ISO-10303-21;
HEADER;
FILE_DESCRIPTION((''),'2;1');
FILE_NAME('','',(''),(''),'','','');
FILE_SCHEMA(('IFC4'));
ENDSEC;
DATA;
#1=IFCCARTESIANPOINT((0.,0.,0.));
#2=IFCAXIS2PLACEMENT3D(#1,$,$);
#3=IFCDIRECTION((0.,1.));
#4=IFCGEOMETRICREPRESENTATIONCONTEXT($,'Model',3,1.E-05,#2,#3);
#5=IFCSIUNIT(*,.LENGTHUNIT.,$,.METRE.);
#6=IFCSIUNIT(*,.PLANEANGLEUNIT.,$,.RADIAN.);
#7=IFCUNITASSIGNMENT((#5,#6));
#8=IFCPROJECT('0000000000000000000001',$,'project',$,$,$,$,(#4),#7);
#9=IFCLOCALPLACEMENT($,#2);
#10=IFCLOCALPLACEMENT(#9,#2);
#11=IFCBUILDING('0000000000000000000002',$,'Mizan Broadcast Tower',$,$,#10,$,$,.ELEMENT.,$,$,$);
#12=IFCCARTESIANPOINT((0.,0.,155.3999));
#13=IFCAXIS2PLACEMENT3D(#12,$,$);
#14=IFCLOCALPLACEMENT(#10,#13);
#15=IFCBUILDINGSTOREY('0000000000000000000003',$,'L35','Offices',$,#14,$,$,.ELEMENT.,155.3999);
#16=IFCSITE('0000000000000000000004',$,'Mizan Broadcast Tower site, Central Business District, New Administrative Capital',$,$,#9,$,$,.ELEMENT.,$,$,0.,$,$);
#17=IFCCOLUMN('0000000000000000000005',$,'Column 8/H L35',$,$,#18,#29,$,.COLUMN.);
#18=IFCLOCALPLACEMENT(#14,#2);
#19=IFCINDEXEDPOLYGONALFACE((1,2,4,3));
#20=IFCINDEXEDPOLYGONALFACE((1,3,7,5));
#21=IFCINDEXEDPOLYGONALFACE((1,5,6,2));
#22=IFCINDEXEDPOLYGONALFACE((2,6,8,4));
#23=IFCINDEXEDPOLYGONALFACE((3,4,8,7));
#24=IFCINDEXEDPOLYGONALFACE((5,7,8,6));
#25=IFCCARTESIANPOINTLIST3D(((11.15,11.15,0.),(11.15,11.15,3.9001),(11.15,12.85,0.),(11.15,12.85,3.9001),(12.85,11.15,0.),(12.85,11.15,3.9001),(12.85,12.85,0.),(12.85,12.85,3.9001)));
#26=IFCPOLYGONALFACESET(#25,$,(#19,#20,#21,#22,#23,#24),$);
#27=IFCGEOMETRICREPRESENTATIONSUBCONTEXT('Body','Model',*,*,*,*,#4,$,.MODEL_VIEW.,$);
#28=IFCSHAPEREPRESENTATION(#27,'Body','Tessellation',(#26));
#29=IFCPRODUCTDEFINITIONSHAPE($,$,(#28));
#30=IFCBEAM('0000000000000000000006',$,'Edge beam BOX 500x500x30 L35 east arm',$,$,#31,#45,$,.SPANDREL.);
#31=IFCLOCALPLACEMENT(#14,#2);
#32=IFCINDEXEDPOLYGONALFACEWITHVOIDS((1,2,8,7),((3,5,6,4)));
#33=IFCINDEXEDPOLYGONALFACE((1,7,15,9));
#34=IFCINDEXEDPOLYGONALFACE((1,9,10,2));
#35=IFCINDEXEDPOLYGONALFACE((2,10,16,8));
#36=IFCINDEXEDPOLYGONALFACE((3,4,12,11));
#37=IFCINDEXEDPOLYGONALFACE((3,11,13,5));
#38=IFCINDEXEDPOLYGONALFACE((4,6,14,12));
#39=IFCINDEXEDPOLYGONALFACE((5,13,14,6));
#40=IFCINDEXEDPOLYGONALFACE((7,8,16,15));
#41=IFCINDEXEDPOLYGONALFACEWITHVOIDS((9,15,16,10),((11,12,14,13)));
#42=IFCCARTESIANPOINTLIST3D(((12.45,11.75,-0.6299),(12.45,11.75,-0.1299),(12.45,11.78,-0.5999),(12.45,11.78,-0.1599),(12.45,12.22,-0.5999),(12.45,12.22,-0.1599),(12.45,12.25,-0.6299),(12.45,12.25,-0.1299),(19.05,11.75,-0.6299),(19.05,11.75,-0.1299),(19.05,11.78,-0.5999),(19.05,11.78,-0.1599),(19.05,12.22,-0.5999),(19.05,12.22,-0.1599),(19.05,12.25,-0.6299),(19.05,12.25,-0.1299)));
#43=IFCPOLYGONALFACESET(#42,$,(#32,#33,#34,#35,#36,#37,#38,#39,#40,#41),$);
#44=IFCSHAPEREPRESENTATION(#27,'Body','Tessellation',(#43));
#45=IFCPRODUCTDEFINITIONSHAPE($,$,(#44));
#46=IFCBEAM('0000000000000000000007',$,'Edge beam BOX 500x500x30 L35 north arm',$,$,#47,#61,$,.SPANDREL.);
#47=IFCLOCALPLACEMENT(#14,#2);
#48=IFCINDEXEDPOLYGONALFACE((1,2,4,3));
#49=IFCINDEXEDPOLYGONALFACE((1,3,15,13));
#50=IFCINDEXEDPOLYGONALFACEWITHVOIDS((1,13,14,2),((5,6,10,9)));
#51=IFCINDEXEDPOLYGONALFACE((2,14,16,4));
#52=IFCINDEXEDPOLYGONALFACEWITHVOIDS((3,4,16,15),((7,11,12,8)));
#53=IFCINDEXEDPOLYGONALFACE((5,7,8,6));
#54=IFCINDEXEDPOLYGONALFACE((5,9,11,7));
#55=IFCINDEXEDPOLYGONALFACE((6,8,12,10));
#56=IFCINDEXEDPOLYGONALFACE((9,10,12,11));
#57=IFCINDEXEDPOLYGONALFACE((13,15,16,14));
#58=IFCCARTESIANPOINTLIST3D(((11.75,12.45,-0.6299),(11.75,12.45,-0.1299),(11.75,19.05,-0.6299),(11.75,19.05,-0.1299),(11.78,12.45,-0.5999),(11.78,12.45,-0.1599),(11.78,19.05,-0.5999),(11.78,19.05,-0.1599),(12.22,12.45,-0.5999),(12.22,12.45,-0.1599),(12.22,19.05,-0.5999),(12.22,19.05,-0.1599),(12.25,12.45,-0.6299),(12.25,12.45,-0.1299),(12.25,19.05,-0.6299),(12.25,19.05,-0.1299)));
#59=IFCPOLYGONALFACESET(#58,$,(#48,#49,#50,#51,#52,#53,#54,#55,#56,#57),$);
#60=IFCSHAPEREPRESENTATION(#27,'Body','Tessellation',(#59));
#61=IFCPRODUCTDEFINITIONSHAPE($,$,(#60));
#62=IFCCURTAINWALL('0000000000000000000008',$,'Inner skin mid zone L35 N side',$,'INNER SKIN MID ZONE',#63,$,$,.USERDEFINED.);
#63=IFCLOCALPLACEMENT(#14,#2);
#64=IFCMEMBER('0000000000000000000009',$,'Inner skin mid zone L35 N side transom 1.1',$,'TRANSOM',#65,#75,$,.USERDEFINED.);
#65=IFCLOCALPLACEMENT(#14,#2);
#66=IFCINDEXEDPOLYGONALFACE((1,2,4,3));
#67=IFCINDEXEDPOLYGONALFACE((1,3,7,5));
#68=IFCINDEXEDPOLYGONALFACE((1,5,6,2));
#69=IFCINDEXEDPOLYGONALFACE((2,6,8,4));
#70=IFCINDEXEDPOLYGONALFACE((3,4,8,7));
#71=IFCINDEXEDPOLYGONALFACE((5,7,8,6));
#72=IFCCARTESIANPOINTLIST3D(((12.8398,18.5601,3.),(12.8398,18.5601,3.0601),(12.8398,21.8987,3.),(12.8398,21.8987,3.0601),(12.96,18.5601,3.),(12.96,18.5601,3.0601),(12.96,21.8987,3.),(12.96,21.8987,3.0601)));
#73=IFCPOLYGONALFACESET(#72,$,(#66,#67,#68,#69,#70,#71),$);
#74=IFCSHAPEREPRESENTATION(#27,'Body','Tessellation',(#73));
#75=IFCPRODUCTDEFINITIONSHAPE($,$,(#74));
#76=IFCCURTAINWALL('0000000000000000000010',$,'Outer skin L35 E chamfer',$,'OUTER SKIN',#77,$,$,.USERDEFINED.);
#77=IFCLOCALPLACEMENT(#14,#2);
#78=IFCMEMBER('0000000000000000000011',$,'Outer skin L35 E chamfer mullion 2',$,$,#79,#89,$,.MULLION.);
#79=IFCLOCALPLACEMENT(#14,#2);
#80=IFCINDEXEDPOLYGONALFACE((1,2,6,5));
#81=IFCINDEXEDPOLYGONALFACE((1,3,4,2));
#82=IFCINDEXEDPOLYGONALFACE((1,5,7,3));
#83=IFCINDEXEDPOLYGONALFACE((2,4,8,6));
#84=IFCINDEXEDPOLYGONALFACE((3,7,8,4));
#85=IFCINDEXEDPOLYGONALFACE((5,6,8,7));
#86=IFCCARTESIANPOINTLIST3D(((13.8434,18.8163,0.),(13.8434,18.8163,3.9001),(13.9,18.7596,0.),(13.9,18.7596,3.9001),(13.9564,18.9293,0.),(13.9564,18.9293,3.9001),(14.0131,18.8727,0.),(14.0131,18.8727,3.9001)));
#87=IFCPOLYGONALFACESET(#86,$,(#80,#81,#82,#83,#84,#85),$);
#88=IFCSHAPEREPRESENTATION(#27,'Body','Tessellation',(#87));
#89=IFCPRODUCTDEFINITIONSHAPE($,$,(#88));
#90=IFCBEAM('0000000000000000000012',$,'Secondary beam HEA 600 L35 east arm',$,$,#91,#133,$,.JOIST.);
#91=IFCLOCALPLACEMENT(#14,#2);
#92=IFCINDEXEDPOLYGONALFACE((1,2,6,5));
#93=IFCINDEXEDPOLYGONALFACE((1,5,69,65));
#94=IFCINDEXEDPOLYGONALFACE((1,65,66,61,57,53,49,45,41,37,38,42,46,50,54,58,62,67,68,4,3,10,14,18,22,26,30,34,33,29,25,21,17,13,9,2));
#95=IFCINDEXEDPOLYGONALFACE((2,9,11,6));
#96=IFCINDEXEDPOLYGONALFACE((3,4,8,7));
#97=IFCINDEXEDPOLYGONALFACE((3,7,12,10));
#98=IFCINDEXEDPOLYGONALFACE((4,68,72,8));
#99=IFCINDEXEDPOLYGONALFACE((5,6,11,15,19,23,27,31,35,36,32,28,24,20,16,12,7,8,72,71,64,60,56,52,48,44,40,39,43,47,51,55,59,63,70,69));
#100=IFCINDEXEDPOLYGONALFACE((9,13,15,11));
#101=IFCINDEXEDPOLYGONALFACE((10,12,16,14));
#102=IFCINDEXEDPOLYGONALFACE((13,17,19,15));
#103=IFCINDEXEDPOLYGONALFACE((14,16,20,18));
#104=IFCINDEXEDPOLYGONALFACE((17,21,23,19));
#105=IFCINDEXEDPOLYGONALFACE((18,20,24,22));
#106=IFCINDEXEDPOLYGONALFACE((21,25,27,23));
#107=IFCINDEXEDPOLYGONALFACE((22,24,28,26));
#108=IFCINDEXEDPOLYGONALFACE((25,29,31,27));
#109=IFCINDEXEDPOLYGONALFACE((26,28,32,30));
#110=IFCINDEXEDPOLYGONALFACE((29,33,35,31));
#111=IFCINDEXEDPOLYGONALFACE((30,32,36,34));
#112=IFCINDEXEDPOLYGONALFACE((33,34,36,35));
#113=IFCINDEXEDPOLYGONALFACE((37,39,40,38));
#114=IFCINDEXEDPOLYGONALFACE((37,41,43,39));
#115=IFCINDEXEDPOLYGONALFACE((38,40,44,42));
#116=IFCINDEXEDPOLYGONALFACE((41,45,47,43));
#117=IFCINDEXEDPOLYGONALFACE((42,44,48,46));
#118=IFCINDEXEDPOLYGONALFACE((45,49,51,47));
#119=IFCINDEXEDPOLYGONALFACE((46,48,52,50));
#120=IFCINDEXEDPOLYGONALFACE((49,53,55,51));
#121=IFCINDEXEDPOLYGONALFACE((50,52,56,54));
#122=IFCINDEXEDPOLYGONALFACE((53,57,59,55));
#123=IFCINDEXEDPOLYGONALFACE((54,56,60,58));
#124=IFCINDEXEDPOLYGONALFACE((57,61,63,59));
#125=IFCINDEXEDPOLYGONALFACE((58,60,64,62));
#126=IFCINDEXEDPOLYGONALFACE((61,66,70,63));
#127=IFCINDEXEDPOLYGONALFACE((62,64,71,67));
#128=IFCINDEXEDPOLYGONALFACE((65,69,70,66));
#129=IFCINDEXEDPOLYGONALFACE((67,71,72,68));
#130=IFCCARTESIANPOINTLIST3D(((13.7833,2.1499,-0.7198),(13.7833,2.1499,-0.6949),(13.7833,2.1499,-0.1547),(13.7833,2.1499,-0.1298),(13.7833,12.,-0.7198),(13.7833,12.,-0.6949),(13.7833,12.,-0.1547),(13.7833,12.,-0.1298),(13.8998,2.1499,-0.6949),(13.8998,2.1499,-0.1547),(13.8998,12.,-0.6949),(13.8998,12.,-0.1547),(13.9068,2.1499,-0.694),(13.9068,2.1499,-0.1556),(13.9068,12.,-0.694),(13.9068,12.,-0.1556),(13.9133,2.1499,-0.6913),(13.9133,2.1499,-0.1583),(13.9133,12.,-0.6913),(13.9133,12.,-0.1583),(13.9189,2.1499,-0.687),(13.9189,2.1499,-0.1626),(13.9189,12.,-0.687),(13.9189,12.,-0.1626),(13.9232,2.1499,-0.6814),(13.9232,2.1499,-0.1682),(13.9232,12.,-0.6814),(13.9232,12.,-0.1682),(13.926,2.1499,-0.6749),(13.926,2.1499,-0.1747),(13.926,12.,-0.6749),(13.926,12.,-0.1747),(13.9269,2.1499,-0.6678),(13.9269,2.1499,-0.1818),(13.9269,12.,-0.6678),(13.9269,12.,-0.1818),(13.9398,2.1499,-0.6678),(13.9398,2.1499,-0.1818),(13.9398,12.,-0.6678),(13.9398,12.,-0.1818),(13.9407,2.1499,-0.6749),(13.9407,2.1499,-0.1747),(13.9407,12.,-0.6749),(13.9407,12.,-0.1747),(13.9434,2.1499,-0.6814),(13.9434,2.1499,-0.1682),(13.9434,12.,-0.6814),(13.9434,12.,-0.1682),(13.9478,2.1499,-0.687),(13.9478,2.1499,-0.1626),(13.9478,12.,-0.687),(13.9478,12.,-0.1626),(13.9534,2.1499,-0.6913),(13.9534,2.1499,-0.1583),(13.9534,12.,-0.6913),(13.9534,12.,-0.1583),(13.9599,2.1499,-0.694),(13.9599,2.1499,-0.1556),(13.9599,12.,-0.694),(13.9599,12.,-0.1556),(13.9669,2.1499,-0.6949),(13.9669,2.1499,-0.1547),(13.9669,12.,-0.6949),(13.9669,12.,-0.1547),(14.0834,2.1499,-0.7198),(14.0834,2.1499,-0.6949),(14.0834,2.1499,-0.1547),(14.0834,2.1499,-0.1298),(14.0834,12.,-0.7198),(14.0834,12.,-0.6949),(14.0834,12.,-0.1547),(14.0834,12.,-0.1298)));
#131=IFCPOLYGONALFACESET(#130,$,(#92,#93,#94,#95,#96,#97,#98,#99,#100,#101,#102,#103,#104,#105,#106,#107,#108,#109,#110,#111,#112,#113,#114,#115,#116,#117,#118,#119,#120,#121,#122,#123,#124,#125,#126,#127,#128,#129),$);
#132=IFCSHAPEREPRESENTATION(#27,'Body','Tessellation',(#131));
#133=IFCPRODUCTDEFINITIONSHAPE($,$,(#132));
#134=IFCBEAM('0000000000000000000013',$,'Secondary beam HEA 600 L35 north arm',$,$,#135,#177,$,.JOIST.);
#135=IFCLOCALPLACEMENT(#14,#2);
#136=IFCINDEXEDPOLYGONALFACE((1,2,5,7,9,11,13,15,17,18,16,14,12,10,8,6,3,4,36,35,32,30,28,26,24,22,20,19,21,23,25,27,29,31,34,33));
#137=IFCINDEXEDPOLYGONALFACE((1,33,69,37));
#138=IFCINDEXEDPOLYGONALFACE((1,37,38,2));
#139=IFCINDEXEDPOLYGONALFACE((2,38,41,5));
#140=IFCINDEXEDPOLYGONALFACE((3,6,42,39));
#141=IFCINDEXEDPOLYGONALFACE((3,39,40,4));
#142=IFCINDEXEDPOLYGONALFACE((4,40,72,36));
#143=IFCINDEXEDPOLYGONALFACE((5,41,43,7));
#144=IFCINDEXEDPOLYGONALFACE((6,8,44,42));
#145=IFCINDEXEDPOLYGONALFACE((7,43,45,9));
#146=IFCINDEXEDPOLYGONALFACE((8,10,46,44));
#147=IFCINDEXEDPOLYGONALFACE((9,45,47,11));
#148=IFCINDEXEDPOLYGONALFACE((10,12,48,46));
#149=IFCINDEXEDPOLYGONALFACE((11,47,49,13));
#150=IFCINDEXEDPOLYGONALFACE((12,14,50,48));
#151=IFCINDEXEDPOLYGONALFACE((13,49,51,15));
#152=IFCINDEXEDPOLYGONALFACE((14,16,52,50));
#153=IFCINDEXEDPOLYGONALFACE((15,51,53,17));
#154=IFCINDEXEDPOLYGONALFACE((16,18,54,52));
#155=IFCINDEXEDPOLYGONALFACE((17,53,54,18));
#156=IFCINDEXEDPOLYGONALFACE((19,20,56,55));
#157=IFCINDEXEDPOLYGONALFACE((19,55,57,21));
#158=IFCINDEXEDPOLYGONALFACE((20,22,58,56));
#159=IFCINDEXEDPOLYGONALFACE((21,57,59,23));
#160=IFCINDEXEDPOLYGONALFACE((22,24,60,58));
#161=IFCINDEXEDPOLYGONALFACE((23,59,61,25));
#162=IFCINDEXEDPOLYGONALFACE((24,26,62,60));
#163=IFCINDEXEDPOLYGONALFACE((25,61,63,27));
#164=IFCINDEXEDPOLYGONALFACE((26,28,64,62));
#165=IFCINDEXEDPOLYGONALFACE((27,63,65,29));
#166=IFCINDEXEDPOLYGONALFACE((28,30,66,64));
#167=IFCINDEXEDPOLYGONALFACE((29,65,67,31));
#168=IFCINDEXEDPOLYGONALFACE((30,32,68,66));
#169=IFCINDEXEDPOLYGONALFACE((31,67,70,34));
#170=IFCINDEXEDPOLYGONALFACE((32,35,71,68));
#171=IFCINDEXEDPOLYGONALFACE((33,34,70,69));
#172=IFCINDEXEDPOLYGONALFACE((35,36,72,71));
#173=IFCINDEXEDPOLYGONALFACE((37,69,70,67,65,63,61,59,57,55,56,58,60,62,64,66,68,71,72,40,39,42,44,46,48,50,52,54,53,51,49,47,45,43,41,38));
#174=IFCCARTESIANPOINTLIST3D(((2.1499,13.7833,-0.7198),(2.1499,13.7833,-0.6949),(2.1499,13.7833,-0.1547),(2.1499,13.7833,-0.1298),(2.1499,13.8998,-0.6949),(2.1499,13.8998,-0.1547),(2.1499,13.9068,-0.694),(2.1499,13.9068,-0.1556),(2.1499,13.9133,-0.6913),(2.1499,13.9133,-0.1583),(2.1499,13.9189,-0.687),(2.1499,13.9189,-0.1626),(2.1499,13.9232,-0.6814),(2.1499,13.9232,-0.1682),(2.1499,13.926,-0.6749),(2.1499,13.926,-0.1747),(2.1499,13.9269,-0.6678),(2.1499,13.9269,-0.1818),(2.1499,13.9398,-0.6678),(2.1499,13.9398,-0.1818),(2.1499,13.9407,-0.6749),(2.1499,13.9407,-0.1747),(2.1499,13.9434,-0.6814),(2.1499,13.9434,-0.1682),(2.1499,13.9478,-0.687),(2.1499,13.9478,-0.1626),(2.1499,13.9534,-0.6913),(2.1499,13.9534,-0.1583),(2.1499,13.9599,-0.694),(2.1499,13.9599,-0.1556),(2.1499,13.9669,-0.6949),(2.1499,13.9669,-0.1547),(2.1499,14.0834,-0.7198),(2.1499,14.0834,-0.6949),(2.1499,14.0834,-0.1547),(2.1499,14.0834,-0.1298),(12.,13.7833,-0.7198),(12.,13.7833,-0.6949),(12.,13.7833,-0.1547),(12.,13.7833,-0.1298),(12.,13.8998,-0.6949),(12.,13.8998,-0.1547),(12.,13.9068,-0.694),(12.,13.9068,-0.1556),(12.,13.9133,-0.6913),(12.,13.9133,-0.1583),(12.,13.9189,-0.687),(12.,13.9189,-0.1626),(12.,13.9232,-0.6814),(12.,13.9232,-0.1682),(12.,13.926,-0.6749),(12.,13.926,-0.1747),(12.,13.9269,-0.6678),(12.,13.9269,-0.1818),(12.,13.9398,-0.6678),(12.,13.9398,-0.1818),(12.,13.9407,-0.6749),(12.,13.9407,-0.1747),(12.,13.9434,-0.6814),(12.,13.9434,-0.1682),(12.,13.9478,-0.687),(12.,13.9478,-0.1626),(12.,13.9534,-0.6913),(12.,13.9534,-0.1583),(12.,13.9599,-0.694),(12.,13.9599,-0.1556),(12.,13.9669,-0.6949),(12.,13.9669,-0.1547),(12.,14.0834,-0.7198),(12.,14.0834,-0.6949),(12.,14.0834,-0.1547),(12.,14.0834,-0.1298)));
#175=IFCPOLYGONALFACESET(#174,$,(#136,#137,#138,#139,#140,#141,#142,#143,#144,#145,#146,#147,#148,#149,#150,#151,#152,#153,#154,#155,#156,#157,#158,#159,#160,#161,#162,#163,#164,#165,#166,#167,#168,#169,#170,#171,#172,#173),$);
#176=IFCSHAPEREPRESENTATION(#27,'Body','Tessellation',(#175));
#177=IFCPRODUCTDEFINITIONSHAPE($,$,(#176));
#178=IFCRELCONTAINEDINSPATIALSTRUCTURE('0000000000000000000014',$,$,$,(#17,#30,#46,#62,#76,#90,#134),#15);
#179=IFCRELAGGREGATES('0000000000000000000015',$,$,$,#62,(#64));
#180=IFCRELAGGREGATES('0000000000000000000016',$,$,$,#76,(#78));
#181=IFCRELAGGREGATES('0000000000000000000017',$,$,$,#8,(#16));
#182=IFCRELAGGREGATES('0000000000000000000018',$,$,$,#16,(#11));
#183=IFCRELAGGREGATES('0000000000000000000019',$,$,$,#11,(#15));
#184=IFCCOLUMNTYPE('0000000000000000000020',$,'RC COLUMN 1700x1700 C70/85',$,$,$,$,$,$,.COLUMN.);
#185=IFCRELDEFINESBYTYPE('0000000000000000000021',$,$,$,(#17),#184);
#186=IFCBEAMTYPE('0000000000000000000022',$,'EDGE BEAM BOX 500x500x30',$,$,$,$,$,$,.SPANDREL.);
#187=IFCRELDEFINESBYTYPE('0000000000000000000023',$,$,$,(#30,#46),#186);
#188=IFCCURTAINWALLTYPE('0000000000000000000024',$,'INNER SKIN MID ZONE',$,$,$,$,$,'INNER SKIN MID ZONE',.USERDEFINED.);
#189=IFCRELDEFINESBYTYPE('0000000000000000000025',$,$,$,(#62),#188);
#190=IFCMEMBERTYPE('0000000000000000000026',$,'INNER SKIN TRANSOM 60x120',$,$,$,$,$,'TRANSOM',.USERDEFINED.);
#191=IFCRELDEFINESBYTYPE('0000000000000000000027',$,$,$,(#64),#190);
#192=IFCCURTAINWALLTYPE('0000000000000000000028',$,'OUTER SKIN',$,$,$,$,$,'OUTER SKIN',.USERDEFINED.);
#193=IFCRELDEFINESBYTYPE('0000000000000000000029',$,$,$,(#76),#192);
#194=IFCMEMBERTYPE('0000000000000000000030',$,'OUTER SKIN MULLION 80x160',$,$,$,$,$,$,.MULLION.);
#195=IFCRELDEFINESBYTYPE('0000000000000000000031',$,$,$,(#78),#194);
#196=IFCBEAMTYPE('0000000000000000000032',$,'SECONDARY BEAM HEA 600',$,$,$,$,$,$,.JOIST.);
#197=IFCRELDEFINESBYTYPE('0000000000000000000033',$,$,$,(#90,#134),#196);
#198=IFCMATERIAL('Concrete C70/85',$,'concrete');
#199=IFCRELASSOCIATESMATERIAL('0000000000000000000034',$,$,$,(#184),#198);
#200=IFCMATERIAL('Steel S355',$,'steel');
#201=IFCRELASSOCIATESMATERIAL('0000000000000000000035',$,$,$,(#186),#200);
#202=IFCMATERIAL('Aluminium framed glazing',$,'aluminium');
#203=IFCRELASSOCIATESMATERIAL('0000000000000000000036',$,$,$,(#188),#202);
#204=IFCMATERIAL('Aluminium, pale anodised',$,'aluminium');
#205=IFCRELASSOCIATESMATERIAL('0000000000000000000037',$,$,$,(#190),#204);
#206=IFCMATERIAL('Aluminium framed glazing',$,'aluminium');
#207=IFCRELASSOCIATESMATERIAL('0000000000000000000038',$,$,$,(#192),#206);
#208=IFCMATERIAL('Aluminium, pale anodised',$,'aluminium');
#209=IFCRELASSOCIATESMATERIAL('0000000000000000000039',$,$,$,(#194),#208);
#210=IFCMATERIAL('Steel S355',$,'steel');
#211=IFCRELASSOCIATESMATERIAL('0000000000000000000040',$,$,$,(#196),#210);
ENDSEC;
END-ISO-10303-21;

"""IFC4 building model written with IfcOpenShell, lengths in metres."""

from ifc_helpers import new_model, si_unit, direction, frame, origin, origin_2d, place, context, subcontext, project, spatial, rectangle, hollow_rectangle, i_section, extrude, material, material_profile, profile_set, type_object, element, aggregate, save


model = new_model("IFC4")

# Units and contexts
model_context = context("Model", 3, precision=1e-05, world=origin(), true_north=direction((0.0, 1.0)))
body_context = subcontext(model_context, "Body", "Model", "MODEL_VIEW")
ifc_project = project(units=[si_unit("LENGTHUNIT", "METRE"), si_unit("PLANEANGLEUNIT", "RADIAN")], contexts=[model_context])

# Site, building, storey
site_placement = place(None, origin())
site = spatial("IfcSite", under=ifc_project, at=site_placement, Name="Mizan Broadcast Tower site, Central Business District, New Administrative Capital", CompositionType="ELEMENT", RefElevation=0.0)
building_placement = place(site_placement, origin())
building = spatial("IfcBuilding", under=site, at=building_placement, Name="Mizan Broadcast Tower", CompositionType="ELEMENT")
storey_placement = place(building_placement, frame((0.0, 0.0, 155.3999)))
storey = spatial("IfcBuildingStorey", under=building, at=storey_placement, Name="L35", Description="Offices", CompositionType="ELEMENT", Elevation=155.3999)

# Column
ifc_material_1 = material(Name="Concrete C70/85", Category="concrete")
ifc_material_profile_1 = material_profile(ifc_material_1, rectangle(XDim=1.7, YDim=1.7, at=origin_2d()), Name="RC 1700x1700")
ifc_profile_set_1 = profile_set([ifc_material_profile_1], Name="Concrete C70/85")
column_type = type_object("IfcColumnType", Name="RC COLUMN 1700x1700 C70/85", PredefinedType="COLUMN", material=ifc_profile_set_1)
column_placement = place(storey_placement, frame((12.0, 12.0, 0.0), z_axis=(0.0, 0.0, 1.0), x_axis=(1.0, 0.0, 0.0)))
element("IfcColumn", 1, at=column_placement, inside=storey, type_object=column_type, Name="Column 8/H L35", PredefinedType="COLUMN", context=body_context, shape_type="SweptSolid", body=[
    extrude(rectangle(XDim=1.7, YDim=1.7, at=origin_2d()), origin(), (0.0, 0.0, 1.0), 3.9001),
])

# Beams
ifc_material_2 = material(Name="Steel S355", Category="steel")
ifc_material_profile_2 = material_profile(ifc_material_2, hollow_rectangle(XDim=0.5, YDim=0.5, WallThickness=0.03, at=origin_2d()), Name="BOX 500x500x30")
ifc_profile_set_2 = profile_set([ifc_material_profile_2], Name="Steel S355")
beam_type_1 = type_object("IfcBeamType", Name="EDGE BEAM BOX 500x500x30", PredefinedType="SPANDREL", material=ifc_profile_set_2)
for number, where, z_axis, x_axis, name in (
    (2, (12.45, 12.0, -0.3799), (1.0, 0.0, 0.0), (0.0, 1.0, 0.0), "Edge beam BOX 500x500x30 L35 east arm"),
    (3, (12.0, 12.45, -0.3799), (0.0, 1.0, 0.0), (-1.0, 0.0, 0.0), "Edge beam BOX 500x500x30 L35 north arm"),
):
    element("IfcBeam", number, at=place(storey_placement, frame(where, z_axis=z_axis, x_axis=x_axis)), inside=storey, type_object=beam_type_1, Name=name, PredefinedType="SPANDREL", context=body_context, shape_type="SweptSolid", body=[
        extrude(hollow_rectangle(XDim=0.5, YDim=0.5, WallThickness=0.03, at=origin_2d()), origin(), (0.0, 0.0, 1.0), 6.6001),
    ])

# Curtain walls, members
ifc_material_3 = material(Name="Aluminium framed glazing", Category="aluminium")
curtain_wall_type_1 = type_object("IfcCurtainWallType", Name="INNER SKIN MID ZONE", ElementType="INNER SKIN MID ZONE", PredefinedType="USERDEFINED", material=ifc_material_3)
curtain_wall_1_placement = place(storey_placement, origin())
curtain_wall_1 = element("IfcCurtainWall", 4, at=curtain_wall_1_placement, inside=storey, type_object=curtain_wall_type_1, Name="Inner skin mid zone L35 N side", ObjectType="INNER SKIN MID ZONE", PredefinedType="USERDEFINED")
ifc_material_4 = material(Name="Aluminium, pale anodised", Category="aluminium")
ifc_material_profile_3 = material_profile(ifc_material_4, rectangle(XDim=0.1201, YDim=0.0601, at=origin_2d()), Name="TRANSOM 120x60")
ifc_profile_set_3 = profile_set([ifc_material_profile_3], Name="Aluminium, pale anodised")
member_type_1 = type_object("IfcMemberType", Name="INNER SKIN TRANSOM 60x120", ElementType="TRANSOM", PredefinedType="USERDEFINED", material=ifc_profile_set_3)
member_1_placement = place(storey_placement, frame((12.8999, 18.5601, 3.03), z_axis=(0.0, 1.0, 0.0), x_axis=(-1.0, 0.0, 0.0)))
member_1 = element("IfcMember", 5, at=member_1_placement, type_object=member_type_1, Name="Inner skin mid zone L35 N side transom 1.1", ObjectType="TRANSOM", PredefinedType="USERDEFINED", context=body_context, shape_type="SweptSolid", body=[
    extrude(rectangle(XDim=0.1201, YDim=0.0601, at=origin_2d()), origin(), (0.0, 0.0, 1.0), 3.3386),
])
aggregate(curtain_wall_1, [member_1])
ifc_material_5 = material(Name="Aluminium framed glazing", Category="aluminium")
curtain_wall_type_2 = type_object("IfcCurtainWallType", Name="OUTER SKIN", ElementType="OUTER SKIN", PredefinedType="USERDEFINED", material=ifc_material_5)
curtain_wall_2_placement = place(storey_placement, origin())
curtain_wall_2 = element("IfcCurtainWall", 6, at=curtain_wall_2_placement, inside=storey, type_object=curtain_wall_type_2, Name="Outer skin L35 E chamfer", ObjectType="OUTER SKIN", PredefinedType="USERDEFINED")
ifc_material_6 = material(Name="Aluminium, pale anodised", Category="aluminium")
ifc_material_profile_4 = material_profile(ifc_material_6, rectangle(XDim=0.1599, YDim=0.0801, at=origin_2d()), Name="MULLION 160x80")
ifc_profile_set_4 = profile_set([ifc_material_profile_4], Name="Aluminium, pale anodised")
member_type_2 = type_object("IfcMemberType", Name="OUTER SKIN MULLION 80x160", PredefinedType="MULLION", material=ifc_profile_set_4)
member_2_placement = place(storey_placement, frame((13.9282, 18.8445, 0.0), z_axis=(0.0, 0.0, 1.0), x_axis=(-0.707107, -0.707107, 0.0)))
member_2 = element("IfcMember", 7, at=member_2_placement, type_object=member_type_2, Name="Outer skin L35 E chamfer mullion 2", PredefinedType="MULLION", context=body_context, shape_type="SweptSolid", body=[
    extrude(rectangle(XDim=0.1599, YDim=0.0801, at=origin_2d()), origin(), (0.0, 0.0, 1.0), 3.9001),
])

# Beams
ifc_material_7 = material(Name="Steel S355", Category="steel")
ifc_material_profile_5 = material_profile(ifc_material_7, i_section(OverallWidth=0.3, OverallDepth=0.5901, WebThickness=0.0129, FlangeThickness=0.0249, FilletRadius=0.0271, at=origin_2d()), Name="HEA 600")
ifc_profile_set_5 = profile_set([ifc_material_profile_5], Name="Steel S355")
beam_type_2 = type_object("IfcBeamType", Name="SECONDARY BEAM HEA 600", PredefinedType="JOIST", material=ifc_profile_set_5)
for number, where, z_axis, x_axis, name in (
    (8, (13.9333, 12.0, -0.4248), (0.0, -1.0, 0.0), (1.0, 0.0, 0.0), "Secondary beam HEA 600 L35 east arm"),
    (9, (12.0, 13.9333, -0.4248), (-1.0, 0.0, 0.0), (0.0, -1.0, 0.0), "Secondary beam HEA 600 L35 north arm"),
):
    element("IfcBeam", number, at=place(storey_placement, frame(where, z_axis=z_axis, x_axis=x_axis)), inside=storey, type_object=beam_type_2, Name=name, PredefinedType="JOIST", context=body_context, shape_type="SweptSolid", body=[
        extrude(i_section(OverallWidth=0.3, OverallDepth=0.5901, WebThickness=0.0129, FlangeThickness=0.0249, FilletRadius=0.0271, at=origin_2d()), origin(), (0.0, 0.0, 1.0), 9.8501),
    ])

aggregate(curtain_wall_2, [member_2])

save(model, "model.ifc")
